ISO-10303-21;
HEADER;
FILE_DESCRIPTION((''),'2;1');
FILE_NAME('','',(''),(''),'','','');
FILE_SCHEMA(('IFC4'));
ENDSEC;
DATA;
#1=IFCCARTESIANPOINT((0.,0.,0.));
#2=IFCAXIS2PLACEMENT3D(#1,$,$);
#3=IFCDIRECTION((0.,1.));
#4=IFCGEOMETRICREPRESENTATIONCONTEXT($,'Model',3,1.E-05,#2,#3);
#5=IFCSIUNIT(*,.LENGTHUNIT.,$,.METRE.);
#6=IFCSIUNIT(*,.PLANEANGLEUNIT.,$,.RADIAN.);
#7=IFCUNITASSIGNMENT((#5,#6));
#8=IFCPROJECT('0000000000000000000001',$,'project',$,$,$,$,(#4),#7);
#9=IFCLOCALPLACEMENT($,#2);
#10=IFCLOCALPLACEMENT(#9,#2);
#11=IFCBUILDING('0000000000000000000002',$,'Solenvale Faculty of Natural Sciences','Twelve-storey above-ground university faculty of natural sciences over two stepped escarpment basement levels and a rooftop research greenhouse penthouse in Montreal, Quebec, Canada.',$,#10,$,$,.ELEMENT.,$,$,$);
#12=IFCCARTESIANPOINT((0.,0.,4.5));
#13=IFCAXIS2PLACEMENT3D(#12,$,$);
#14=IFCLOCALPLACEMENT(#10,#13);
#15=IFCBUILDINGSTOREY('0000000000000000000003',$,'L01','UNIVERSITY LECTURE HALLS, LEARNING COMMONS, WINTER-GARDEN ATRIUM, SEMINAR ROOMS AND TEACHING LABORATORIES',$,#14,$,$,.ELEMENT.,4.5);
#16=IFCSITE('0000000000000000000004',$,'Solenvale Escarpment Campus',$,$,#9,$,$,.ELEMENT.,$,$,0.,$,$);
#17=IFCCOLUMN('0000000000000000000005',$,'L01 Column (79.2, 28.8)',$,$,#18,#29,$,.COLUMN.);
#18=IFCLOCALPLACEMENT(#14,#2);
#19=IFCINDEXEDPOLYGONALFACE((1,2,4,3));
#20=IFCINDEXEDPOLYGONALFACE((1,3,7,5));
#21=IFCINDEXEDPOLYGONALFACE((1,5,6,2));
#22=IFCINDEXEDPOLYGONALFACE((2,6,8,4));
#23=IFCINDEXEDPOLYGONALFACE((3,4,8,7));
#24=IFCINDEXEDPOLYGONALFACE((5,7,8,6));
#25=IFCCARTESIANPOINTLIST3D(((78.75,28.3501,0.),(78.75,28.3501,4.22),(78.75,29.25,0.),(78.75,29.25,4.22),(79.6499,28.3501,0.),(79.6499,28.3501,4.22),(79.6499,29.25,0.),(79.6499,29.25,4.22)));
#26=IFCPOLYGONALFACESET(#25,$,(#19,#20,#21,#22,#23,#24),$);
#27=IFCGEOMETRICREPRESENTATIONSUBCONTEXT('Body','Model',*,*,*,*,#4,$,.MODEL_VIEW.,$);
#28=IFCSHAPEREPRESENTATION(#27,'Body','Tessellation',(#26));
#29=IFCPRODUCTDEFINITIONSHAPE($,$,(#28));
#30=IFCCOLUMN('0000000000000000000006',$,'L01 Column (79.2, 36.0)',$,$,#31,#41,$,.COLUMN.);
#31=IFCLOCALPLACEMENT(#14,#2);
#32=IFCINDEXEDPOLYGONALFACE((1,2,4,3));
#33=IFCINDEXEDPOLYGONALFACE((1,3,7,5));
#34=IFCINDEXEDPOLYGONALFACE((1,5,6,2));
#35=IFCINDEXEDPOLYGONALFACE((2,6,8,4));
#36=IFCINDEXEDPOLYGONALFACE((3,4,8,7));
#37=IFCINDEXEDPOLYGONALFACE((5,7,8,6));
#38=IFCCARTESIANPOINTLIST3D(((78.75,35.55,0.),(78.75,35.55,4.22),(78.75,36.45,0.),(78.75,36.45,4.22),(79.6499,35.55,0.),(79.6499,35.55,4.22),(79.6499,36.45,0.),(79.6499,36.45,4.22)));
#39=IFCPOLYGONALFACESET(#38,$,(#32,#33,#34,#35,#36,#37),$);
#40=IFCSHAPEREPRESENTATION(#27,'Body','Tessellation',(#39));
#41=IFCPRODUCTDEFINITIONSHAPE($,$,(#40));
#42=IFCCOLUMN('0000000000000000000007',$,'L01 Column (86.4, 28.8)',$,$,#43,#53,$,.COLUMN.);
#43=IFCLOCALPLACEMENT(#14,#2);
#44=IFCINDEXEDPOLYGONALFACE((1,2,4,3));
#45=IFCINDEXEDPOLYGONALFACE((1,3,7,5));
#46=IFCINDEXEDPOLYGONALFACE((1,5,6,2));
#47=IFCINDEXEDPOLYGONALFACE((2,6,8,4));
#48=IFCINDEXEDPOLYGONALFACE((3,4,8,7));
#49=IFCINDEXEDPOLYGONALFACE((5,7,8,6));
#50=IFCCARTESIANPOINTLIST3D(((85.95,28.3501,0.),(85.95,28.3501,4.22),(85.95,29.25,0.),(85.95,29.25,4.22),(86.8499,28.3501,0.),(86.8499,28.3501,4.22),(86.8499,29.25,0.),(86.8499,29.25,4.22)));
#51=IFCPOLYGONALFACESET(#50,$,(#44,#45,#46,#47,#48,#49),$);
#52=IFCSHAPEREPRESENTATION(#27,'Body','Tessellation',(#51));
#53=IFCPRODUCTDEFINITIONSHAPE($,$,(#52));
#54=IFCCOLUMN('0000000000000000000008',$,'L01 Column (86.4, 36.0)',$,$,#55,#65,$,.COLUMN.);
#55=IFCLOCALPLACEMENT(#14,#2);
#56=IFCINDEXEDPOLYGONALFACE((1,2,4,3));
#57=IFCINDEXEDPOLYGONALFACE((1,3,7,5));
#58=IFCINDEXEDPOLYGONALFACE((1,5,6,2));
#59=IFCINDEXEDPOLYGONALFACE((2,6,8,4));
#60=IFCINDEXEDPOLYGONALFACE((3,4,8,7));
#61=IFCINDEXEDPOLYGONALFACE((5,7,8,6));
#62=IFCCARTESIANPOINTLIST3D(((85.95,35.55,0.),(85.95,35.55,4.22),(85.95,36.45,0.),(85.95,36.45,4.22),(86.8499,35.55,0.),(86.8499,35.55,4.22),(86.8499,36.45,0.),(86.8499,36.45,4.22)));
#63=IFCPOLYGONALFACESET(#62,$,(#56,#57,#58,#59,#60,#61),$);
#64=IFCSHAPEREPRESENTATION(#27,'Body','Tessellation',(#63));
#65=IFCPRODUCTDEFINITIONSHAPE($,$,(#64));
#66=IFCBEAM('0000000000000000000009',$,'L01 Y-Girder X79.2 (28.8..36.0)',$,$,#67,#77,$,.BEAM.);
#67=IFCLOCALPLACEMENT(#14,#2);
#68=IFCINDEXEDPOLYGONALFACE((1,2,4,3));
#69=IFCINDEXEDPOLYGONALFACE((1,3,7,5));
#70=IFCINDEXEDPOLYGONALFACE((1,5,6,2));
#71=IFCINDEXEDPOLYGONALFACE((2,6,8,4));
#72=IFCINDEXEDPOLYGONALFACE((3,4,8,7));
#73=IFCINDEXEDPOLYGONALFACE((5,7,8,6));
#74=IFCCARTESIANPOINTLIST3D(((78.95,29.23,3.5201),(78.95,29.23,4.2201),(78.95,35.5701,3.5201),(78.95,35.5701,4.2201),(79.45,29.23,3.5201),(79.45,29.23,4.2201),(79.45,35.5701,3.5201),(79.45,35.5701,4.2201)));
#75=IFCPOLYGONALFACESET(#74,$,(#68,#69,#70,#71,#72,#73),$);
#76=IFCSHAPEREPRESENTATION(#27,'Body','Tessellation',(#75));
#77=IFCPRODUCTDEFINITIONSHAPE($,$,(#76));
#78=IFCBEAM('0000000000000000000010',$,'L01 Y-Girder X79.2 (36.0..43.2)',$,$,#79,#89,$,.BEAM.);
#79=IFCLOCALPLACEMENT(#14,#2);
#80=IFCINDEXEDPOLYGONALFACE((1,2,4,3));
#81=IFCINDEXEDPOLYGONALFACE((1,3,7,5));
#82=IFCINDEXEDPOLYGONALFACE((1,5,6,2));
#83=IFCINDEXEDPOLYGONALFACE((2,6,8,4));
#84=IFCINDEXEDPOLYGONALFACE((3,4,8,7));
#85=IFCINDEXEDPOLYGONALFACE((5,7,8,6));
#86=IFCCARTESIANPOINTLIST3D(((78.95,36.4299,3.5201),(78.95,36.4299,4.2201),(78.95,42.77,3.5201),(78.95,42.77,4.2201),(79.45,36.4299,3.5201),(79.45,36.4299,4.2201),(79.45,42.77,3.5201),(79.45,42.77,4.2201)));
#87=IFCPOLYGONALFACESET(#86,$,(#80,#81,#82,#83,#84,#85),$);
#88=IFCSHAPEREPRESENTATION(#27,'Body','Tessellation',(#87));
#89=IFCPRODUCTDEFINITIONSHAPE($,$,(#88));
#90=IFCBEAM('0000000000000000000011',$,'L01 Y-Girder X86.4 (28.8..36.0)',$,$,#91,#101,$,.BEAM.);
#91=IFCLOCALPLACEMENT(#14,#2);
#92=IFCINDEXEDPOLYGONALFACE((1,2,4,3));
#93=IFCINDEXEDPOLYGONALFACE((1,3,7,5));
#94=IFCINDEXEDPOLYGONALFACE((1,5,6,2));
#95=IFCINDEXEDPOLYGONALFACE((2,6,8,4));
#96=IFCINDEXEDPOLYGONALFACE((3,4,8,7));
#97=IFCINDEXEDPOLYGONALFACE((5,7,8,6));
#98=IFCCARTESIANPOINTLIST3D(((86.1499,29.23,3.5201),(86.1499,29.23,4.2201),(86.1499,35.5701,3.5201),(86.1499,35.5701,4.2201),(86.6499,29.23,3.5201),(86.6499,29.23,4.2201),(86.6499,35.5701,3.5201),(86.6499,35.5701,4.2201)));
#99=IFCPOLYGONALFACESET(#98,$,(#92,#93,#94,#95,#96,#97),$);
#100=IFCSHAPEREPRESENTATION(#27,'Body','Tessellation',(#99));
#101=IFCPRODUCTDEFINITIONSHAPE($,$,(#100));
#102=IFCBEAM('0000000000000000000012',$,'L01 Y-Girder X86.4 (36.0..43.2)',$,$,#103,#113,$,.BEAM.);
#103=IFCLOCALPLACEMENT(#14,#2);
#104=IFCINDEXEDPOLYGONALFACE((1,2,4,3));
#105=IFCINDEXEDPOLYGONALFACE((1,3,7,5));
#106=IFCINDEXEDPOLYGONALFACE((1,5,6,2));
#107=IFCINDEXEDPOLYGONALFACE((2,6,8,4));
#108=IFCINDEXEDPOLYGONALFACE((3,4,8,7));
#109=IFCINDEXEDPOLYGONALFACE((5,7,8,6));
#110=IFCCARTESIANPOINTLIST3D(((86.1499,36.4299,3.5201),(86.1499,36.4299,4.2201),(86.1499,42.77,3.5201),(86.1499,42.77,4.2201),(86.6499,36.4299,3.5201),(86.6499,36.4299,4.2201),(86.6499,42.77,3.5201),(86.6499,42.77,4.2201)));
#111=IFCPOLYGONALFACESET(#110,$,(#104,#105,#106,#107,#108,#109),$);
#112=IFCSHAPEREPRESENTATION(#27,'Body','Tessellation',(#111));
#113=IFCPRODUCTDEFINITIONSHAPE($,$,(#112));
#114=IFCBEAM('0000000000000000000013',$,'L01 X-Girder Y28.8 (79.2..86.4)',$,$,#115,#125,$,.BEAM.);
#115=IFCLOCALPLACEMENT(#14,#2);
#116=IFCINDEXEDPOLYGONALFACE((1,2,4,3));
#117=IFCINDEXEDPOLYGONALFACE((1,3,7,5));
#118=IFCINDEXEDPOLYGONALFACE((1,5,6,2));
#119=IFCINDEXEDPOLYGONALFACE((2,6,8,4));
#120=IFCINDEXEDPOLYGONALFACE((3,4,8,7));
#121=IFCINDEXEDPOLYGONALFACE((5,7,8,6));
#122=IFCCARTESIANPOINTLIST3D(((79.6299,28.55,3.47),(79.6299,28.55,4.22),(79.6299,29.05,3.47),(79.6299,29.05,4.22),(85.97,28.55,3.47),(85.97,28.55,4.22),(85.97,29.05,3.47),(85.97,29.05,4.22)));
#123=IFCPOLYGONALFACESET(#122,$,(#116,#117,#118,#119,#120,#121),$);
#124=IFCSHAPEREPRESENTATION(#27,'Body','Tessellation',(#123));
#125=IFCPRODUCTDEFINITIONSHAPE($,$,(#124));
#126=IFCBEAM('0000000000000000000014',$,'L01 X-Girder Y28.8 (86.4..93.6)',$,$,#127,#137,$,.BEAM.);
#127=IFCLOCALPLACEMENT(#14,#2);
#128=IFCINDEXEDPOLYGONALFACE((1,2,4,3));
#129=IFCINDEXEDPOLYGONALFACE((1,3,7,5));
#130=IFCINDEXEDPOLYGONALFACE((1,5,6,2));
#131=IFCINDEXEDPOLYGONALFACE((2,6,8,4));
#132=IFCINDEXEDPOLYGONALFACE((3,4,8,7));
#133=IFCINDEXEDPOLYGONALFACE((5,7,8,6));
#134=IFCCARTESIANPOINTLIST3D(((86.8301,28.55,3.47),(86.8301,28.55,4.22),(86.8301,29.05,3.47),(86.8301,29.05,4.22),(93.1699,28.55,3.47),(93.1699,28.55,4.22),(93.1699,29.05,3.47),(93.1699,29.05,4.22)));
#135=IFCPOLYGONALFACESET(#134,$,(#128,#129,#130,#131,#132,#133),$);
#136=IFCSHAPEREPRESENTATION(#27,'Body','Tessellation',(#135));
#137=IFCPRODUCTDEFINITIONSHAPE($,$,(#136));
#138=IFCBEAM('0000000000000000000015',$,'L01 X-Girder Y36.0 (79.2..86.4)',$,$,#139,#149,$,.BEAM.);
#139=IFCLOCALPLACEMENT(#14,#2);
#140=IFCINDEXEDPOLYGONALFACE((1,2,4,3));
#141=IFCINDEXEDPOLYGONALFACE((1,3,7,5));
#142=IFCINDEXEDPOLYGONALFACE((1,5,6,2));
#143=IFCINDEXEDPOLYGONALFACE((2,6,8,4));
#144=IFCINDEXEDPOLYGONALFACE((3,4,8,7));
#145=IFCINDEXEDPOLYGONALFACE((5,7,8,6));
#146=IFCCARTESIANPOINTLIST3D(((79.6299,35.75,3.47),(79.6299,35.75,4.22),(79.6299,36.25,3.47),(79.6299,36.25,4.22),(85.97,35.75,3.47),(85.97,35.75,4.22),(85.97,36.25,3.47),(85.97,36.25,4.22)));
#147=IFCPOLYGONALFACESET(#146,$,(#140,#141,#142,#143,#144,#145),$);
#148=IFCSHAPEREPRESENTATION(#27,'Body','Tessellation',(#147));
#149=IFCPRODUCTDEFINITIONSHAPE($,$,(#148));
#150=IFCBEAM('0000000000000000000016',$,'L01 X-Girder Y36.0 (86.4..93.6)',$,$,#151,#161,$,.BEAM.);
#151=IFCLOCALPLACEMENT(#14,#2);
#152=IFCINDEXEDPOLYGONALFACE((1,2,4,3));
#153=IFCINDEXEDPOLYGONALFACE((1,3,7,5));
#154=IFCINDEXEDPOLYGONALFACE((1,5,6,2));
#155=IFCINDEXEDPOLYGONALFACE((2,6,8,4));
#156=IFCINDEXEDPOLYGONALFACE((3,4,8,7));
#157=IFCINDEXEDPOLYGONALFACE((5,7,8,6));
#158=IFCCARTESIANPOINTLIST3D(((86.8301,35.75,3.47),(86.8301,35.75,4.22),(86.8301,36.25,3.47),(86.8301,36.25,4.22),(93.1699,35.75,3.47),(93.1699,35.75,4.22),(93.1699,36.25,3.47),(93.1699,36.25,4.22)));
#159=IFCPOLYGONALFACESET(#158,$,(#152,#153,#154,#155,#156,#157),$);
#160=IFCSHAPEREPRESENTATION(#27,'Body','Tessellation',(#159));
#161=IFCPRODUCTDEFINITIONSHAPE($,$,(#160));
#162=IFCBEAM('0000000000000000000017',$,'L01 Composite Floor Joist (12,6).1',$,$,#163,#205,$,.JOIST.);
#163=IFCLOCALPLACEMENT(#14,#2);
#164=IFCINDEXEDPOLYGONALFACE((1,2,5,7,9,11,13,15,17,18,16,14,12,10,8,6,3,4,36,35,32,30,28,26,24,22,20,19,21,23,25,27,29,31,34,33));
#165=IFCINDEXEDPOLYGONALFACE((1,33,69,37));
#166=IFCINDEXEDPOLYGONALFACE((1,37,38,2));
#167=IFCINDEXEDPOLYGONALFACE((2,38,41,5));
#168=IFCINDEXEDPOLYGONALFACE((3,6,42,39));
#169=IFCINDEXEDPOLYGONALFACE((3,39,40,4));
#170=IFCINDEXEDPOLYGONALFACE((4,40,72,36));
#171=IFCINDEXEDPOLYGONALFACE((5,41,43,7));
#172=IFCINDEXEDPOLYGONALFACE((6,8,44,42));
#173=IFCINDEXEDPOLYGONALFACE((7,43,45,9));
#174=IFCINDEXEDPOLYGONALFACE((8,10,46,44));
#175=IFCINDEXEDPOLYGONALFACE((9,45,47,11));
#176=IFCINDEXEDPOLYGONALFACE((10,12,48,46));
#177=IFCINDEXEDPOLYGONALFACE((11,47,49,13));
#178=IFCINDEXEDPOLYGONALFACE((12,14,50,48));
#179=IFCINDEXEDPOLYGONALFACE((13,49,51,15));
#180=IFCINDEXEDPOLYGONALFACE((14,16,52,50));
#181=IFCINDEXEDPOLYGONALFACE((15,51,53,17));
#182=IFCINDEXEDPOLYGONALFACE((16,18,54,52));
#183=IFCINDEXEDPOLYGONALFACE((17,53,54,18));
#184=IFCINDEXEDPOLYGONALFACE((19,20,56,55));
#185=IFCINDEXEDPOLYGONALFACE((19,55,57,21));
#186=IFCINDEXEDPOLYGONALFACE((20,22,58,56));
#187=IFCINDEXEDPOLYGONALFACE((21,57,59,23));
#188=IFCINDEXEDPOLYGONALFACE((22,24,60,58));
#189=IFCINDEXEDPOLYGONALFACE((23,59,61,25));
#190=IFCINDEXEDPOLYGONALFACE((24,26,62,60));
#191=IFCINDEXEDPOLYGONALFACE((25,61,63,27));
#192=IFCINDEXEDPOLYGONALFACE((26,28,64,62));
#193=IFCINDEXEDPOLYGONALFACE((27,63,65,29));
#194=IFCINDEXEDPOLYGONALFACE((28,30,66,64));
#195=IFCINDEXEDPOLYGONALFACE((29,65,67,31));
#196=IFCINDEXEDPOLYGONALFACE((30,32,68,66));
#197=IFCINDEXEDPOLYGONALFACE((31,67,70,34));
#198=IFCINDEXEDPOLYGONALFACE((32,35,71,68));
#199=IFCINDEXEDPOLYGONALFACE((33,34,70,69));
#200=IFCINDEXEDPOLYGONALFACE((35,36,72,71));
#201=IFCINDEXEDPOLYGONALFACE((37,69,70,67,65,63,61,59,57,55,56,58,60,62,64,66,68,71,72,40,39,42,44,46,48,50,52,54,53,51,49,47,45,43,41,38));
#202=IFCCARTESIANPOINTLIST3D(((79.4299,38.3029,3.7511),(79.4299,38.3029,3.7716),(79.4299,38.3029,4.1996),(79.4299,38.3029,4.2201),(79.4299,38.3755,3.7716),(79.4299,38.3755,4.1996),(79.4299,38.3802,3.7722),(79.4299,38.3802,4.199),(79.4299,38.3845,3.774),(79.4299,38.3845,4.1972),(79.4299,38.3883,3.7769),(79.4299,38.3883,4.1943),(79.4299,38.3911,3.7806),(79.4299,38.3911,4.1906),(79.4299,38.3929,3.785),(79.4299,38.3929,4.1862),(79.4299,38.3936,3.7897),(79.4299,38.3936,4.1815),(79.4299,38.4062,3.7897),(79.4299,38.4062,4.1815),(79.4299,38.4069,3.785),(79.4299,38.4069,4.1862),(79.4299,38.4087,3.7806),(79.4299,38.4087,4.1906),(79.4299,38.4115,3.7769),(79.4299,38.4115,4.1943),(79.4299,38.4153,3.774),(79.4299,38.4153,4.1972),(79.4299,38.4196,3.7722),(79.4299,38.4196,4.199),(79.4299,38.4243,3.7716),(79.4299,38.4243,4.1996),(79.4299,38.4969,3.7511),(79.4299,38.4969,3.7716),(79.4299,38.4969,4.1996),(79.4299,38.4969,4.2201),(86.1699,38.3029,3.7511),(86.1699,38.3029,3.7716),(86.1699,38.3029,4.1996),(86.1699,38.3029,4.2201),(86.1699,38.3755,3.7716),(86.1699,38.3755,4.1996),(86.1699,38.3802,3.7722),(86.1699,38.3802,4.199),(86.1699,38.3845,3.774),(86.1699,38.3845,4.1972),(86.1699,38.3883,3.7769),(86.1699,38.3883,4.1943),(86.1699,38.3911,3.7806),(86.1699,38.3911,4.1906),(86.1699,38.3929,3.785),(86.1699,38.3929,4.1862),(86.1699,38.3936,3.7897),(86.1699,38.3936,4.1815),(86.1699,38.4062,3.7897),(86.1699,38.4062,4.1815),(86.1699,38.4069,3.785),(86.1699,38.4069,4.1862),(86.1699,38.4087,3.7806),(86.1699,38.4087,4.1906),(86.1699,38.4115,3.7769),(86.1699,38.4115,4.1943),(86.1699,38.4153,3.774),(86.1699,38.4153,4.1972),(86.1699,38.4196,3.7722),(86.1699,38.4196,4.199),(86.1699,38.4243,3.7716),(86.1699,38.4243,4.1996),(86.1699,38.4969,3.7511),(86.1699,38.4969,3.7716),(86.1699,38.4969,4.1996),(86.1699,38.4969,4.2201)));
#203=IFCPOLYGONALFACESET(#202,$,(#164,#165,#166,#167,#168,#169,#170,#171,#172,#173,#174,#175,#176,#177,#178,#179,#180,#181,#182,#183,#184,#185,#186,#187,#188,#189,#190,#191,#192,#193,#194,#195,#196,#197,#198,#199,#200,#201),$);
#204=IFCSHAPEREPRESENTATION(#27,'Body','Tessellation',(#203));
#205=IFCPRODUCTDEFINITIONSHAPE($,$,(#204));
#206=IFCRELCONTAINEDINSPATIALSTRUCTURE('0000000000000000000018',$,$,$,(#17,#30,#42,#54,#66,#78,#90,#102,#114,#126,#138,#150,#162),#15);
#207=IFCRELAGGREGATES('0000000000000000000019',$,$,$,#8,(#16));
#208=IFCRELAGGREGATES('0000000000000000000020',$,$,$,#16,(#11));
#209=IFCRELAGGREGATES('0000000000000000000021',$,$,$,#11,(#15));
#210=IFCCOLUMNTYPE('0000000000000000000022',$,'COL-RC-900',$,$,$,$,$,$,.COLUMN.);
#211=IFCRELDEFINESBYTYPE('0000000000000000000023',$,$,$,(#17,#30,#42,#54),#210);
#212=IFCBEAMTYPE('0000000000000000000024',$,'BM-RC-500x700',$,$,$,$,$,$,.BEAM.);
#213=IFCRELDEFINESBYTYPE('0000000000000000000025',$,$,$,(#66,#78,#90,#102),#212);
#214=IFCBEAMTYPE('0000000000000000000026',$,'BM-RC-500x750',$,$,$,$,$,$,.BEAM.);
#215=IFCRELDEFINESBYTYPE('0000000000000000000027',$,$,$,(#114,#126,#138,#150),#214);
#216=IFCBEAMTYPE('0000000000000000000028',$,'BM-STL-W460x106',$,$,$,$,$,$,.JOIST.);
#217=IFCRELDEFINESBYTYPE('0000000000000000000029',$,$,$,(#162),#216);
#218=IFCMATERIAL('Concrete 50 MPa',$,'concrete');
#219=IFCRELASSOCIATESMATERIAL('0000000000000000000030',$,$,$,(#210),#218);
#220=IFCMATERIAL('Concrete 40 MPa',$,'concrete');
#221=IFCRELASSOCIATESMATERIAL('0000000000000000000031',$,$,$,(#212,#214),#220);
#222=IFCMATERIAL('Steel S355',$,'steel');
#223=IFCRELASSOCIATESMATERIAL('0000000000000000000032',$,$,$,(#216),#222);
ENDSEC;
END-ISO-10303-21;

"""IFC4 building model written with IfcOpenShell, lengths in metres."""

from ifc_helpers import new_model, si_unit, direction, frame, origin, origin_2d, place, context, subcontext, project, spatial, rectangle, i_section, extrude, material, material_profile, profile_set, type_object, element, save


model = new_model("IFC4")

# Units and contexts
model_context = context("Model", 3, precision=1e-05, world=origin(), true_north=direction((0.0, 1.0)))
body_context = subcontext(model_context, "Body", "Model", "MODEL_VIEW")
ifc_project = project(units=[si_unit("LENGTHUNIT", "METRE"), si_unit("PLANEANGLEUNIT", "RADIAN")], contexts=[model_context])

# Site, building, storey
site_placement = place(None, origin())
site = spatial("IfcSite", under=ifc_project, at=site_placement, Name="Solenvale Escarpment Campus", CompositionType="ELEMENT", RefElevation=0.0)
building_placement = place(site_placement, origin())
building = spatial("IfcBuilding", under=site, at=building_placement, Name="Solenvale Faculty of Natural Sciences", Description="Twelve-storey above-ground university faculty of natural sciences over two stepped escarpment basement levels and a rooftop research greenhouse penthouse in Montreal, Quebec, Canada.", CompositionType="ELEMENT")
storey_placement = place(building_placement, frame((0.0, 0.0, 4.5)))
storey = spatial("IfcBuildingStorey", under=building, at=storey_placement, Name="L01", Description="UNIVERSITY LECTURE HALLS, LEARNING COMMONS, WINTER-GARDEN ATRIUM, SEMINAR ROOMS AND TEACHING LABORATORIES", CompositionType="ELEMENT", Elevation=4.5)

# Columns
ifc_material_1 = material(Name="Concrete 50 MPa", Category="concrete")
ifc_material_profile_1 = material_profile(ifc_material_1, rectangle(XDim=0.8999, YDim=0.8999, at=origin_2d()), Name="RC-COL-900x900")
ifc_profile_set_1 = profile_set([ifc_material_profile_1], Name="Concrete 50 MPa")
column_type = type_object("IfcColumnType", Name="COL-RC-900", PredefinedType="COLUMN", material=ifc_profile_set_1)
for number, where, z_axis, x_axis, name in (
    (1, (79.2, 28.8, 0.0), (0.0, 0.0, 1.0), (1.0, 0.0, 0.0), "L01 Column (79.2, 28.8)"),
    (2, (79.2, 36.0, 0.0), (0.0, 0.0, 1.0), (1.0, 0.0, 0.0), "L01 Column (79.2, 36.0)"),
    (3, (86.3999, 28.8, 0.0), (0.0, 0.0, 1.0), (1.0, 0.0, 0.0), "L01 Column (86.4, 28.8)"),
    (4, (86.3999, 36.0, 0.0), (0.0, 0.0, 1.0), (1.0, 0.0, 0.0), "L01 Column (86.4, 36.0)"),
):
    element("IfcColumn", number, at=place(storey_placement, frame(where, z_axis=z_axis, x_axis=x_axis)), inside=storey, type_object=column_type, Name=name, PredefinedType="COLUMN", context=body_context, shape_type="SweptSolid", body=[
        extrude(rectangle(XDim=0.8999, YDim=0.8999, at=origin_2d()), origin(), (0.0, 0.0, 1.0), 4.22),
    ])

# Beams
ifc_material_2 = material(Name="Concrete 40 MPa", Category="concrete")
ifc_material_profile_2 = material_profile(ifc_material_2, rectangle(XDim=0.5, YDim=0.7, at=origin_2d()), Name="RC-BM-500x700")
ifc_profile_set_2 = profile_set([ifc_material_profile_2], Name="Concrete 40 MPa")
beam_type_1 = type_object("IfcBeamType", Name="BM-RC-500x700", PredefinedType="BEAM", material=ifc_profile_set_2)
for number, where, z_axis, x_axis, name in (
    (5, (79.2, 29.23, 3.8701), (0.0, 1.0, 0.0), (-1.0, 0.0, 0.0), "L01 Y-Girder X79.2 (28.8..36.0)"),
    (6, (79.2, 36.4299, 3.8701), (0.0, 1.0, 0.0), (-1.0, 0.0, 0.0), "L01 Y-Girder X79.2 (36.0..43.2)"),
    (7, (86.3999, 29.23, 3.8701), (0.0, 1.0, 0.0), (-1.0, 0.0, 0.0), "L01 Y-Girder X86.4 (28.8..36.0)"),
    (8, (86.3999, 36.4299, 3.8701), (0.0, 1.0, 0.0), (-1.0, 0.0, 0.0), "L01 Y-Girder X86.4 (36.0..43.2)"),
):
    element("IfcBeam", number, at=place(storey_placement, frame(where, z_axis=z_axis, x_axis=x_axis)), inside=storey, type_object=beam_type_1, Name=name, PredefinedType="BEAM", context=body_context, shape_type="SweptSolid", body=[
        extrude(rectangle(XDim=0.5, YDim=0.7, at=origin_2d()), origin(), (0.0, 0.0, 1.0), 6.3401),
    ])
ifc_material_profile_3 = material_profile(ifc_material_2, rectangle(XDim=0.5, YDim=0.75, at=origin_2d()), Name="RC-BM-500x750")
ifc_profile_set_3 = profile_set([ifc_material_profile_3], Name="Concrete 40 MPa")
beam_type_2 = type_object("IfcBeamType", Name="BM-RC-500x750", PredefinedType="BEAM", material=ifc_profile_set_3)
beam_1_placement = place(storey_placement, frame((79.6299, 28.8, 3.845), z_axis=(1.0, 0.0, 0.0), x_axis=(0.0, 1.0, 0.0)))
element("IfcBeam", 9, at=beam_1_placement, inside=storey, type_object=beam_type_2, Name="L01 X-Girder Y28.8 (79.2..86.4)", PredefinedType="BEAM", context=body_context, shape_type="SweptSolid", body=[
    extrude(rectangle(XDim=0.5, YDim=0.75, at=origin_2d()), origin(), (0.0, 0.0, 1.0), 6.3401),
])
beam_2_placement = place(storey_placement, frame((86.8301, 28.8, 3.845), z_axis=(1.0, 0.0, 0.0), x_axis=(0.0, 1.0, 0.0)))
element("IfcBeam", 10, at=beam_2_placement, inside=storey, type_object=beam_type_2, Name="L01 X-Girder Y28.8 (86.4..93.6)", PredefinedType="BEAM", context=body_context, shape_type="SweptSolid", body=[
    extrude(rectangle(XDim=0.5, YDim=0.75, at=origin_2d()), origin(), (0.0, 0.0, 1.0), 6.3398),
])
beam_3_placement = place(storey_placement, frame((79.6299, 36.0, 3.845), z_axis=(1.0, 0.0, 0.0), x_axis=(0.0, 1.0, 0.0)))
element("IfcBeam", 11, at=beam_3_placement, inside=storey, type_object=beam_type_2, Name="L01 X-Girder Y36.0 (79.2..86.4)", PredefinedType="BEAM", context=body_context, shape_type="SweptSolid", body=[
    extrude(rectangle(XDim=0.5, YDim=0.75, at=origin_2d()), origin(), (0.0, 0.0, 1.0), 6.3401),
])
beam_4_placement = place(storey_placement, frame((86.8301, 36.0, 3.845), z_axis=(1.0, 0.0, 0.0), x_axis=(0.0, 1.0, 0.0)))
element("IfcBeam", 12, at=beam_4_placement, inside=storey, type_object=beam_type_2, Name="L01 X-Girder Y36.0 (86.4..93.6)", PredefinedType="BEAM", context=body_context, shape_type="SweptSolid", body=[
    extrude(rectangle(XDim=0.5, YDim=0.75, at=origin_2d()), origin(), (0.0, 0.0, 1.0), 6.3398),
])
ifc_material_3 = material(Name="Steel S355", Category="steel")
ifc_material_profile_4 = material_profile(ifc_material_3, i_section(OverallWidth=0.1941, OverallDepth=0.469, WebThickness=0.0127, FlangeThickness=0.0205, FilletRadius=0.0181, at=origin_2d()), Name="W460x106")
ifc_profile_set_4 = profile_set([ifc_material_profile_4], Name="Steel S355")
beam_type_3 = type_object("IfcBeamType", Name="BM-STL-W460x106", PredefinedType="JOIST", material=ifc_profile_set_4)
beam_5_placement = place(storey_placement, frame((79.4299, 38.3999, 3.9856), z_axis=(1.0, 0.0, 0.0), x_axis=(0.0, 1.0, 0.0)))
element("IfcBeam", 13, at=beam_5_placement, inside=storey, type_object=beam_type_3, Name="L01 Composite Floor Joist (12,6).1", PredefinedType="JOIST", context=body_context, shape_type="SweptSolid", body=[
    extrude(i_section(OverallWidth=0.1941, OverallDepth=0.469, WebThickness=0.0127, FlangeThickness=0.0205, FilletRadius=0.0181, at=origin_2d()), origin(), (0.0, 0.0, 1.0), 6.74),
])

save(model, "model.ifc")
